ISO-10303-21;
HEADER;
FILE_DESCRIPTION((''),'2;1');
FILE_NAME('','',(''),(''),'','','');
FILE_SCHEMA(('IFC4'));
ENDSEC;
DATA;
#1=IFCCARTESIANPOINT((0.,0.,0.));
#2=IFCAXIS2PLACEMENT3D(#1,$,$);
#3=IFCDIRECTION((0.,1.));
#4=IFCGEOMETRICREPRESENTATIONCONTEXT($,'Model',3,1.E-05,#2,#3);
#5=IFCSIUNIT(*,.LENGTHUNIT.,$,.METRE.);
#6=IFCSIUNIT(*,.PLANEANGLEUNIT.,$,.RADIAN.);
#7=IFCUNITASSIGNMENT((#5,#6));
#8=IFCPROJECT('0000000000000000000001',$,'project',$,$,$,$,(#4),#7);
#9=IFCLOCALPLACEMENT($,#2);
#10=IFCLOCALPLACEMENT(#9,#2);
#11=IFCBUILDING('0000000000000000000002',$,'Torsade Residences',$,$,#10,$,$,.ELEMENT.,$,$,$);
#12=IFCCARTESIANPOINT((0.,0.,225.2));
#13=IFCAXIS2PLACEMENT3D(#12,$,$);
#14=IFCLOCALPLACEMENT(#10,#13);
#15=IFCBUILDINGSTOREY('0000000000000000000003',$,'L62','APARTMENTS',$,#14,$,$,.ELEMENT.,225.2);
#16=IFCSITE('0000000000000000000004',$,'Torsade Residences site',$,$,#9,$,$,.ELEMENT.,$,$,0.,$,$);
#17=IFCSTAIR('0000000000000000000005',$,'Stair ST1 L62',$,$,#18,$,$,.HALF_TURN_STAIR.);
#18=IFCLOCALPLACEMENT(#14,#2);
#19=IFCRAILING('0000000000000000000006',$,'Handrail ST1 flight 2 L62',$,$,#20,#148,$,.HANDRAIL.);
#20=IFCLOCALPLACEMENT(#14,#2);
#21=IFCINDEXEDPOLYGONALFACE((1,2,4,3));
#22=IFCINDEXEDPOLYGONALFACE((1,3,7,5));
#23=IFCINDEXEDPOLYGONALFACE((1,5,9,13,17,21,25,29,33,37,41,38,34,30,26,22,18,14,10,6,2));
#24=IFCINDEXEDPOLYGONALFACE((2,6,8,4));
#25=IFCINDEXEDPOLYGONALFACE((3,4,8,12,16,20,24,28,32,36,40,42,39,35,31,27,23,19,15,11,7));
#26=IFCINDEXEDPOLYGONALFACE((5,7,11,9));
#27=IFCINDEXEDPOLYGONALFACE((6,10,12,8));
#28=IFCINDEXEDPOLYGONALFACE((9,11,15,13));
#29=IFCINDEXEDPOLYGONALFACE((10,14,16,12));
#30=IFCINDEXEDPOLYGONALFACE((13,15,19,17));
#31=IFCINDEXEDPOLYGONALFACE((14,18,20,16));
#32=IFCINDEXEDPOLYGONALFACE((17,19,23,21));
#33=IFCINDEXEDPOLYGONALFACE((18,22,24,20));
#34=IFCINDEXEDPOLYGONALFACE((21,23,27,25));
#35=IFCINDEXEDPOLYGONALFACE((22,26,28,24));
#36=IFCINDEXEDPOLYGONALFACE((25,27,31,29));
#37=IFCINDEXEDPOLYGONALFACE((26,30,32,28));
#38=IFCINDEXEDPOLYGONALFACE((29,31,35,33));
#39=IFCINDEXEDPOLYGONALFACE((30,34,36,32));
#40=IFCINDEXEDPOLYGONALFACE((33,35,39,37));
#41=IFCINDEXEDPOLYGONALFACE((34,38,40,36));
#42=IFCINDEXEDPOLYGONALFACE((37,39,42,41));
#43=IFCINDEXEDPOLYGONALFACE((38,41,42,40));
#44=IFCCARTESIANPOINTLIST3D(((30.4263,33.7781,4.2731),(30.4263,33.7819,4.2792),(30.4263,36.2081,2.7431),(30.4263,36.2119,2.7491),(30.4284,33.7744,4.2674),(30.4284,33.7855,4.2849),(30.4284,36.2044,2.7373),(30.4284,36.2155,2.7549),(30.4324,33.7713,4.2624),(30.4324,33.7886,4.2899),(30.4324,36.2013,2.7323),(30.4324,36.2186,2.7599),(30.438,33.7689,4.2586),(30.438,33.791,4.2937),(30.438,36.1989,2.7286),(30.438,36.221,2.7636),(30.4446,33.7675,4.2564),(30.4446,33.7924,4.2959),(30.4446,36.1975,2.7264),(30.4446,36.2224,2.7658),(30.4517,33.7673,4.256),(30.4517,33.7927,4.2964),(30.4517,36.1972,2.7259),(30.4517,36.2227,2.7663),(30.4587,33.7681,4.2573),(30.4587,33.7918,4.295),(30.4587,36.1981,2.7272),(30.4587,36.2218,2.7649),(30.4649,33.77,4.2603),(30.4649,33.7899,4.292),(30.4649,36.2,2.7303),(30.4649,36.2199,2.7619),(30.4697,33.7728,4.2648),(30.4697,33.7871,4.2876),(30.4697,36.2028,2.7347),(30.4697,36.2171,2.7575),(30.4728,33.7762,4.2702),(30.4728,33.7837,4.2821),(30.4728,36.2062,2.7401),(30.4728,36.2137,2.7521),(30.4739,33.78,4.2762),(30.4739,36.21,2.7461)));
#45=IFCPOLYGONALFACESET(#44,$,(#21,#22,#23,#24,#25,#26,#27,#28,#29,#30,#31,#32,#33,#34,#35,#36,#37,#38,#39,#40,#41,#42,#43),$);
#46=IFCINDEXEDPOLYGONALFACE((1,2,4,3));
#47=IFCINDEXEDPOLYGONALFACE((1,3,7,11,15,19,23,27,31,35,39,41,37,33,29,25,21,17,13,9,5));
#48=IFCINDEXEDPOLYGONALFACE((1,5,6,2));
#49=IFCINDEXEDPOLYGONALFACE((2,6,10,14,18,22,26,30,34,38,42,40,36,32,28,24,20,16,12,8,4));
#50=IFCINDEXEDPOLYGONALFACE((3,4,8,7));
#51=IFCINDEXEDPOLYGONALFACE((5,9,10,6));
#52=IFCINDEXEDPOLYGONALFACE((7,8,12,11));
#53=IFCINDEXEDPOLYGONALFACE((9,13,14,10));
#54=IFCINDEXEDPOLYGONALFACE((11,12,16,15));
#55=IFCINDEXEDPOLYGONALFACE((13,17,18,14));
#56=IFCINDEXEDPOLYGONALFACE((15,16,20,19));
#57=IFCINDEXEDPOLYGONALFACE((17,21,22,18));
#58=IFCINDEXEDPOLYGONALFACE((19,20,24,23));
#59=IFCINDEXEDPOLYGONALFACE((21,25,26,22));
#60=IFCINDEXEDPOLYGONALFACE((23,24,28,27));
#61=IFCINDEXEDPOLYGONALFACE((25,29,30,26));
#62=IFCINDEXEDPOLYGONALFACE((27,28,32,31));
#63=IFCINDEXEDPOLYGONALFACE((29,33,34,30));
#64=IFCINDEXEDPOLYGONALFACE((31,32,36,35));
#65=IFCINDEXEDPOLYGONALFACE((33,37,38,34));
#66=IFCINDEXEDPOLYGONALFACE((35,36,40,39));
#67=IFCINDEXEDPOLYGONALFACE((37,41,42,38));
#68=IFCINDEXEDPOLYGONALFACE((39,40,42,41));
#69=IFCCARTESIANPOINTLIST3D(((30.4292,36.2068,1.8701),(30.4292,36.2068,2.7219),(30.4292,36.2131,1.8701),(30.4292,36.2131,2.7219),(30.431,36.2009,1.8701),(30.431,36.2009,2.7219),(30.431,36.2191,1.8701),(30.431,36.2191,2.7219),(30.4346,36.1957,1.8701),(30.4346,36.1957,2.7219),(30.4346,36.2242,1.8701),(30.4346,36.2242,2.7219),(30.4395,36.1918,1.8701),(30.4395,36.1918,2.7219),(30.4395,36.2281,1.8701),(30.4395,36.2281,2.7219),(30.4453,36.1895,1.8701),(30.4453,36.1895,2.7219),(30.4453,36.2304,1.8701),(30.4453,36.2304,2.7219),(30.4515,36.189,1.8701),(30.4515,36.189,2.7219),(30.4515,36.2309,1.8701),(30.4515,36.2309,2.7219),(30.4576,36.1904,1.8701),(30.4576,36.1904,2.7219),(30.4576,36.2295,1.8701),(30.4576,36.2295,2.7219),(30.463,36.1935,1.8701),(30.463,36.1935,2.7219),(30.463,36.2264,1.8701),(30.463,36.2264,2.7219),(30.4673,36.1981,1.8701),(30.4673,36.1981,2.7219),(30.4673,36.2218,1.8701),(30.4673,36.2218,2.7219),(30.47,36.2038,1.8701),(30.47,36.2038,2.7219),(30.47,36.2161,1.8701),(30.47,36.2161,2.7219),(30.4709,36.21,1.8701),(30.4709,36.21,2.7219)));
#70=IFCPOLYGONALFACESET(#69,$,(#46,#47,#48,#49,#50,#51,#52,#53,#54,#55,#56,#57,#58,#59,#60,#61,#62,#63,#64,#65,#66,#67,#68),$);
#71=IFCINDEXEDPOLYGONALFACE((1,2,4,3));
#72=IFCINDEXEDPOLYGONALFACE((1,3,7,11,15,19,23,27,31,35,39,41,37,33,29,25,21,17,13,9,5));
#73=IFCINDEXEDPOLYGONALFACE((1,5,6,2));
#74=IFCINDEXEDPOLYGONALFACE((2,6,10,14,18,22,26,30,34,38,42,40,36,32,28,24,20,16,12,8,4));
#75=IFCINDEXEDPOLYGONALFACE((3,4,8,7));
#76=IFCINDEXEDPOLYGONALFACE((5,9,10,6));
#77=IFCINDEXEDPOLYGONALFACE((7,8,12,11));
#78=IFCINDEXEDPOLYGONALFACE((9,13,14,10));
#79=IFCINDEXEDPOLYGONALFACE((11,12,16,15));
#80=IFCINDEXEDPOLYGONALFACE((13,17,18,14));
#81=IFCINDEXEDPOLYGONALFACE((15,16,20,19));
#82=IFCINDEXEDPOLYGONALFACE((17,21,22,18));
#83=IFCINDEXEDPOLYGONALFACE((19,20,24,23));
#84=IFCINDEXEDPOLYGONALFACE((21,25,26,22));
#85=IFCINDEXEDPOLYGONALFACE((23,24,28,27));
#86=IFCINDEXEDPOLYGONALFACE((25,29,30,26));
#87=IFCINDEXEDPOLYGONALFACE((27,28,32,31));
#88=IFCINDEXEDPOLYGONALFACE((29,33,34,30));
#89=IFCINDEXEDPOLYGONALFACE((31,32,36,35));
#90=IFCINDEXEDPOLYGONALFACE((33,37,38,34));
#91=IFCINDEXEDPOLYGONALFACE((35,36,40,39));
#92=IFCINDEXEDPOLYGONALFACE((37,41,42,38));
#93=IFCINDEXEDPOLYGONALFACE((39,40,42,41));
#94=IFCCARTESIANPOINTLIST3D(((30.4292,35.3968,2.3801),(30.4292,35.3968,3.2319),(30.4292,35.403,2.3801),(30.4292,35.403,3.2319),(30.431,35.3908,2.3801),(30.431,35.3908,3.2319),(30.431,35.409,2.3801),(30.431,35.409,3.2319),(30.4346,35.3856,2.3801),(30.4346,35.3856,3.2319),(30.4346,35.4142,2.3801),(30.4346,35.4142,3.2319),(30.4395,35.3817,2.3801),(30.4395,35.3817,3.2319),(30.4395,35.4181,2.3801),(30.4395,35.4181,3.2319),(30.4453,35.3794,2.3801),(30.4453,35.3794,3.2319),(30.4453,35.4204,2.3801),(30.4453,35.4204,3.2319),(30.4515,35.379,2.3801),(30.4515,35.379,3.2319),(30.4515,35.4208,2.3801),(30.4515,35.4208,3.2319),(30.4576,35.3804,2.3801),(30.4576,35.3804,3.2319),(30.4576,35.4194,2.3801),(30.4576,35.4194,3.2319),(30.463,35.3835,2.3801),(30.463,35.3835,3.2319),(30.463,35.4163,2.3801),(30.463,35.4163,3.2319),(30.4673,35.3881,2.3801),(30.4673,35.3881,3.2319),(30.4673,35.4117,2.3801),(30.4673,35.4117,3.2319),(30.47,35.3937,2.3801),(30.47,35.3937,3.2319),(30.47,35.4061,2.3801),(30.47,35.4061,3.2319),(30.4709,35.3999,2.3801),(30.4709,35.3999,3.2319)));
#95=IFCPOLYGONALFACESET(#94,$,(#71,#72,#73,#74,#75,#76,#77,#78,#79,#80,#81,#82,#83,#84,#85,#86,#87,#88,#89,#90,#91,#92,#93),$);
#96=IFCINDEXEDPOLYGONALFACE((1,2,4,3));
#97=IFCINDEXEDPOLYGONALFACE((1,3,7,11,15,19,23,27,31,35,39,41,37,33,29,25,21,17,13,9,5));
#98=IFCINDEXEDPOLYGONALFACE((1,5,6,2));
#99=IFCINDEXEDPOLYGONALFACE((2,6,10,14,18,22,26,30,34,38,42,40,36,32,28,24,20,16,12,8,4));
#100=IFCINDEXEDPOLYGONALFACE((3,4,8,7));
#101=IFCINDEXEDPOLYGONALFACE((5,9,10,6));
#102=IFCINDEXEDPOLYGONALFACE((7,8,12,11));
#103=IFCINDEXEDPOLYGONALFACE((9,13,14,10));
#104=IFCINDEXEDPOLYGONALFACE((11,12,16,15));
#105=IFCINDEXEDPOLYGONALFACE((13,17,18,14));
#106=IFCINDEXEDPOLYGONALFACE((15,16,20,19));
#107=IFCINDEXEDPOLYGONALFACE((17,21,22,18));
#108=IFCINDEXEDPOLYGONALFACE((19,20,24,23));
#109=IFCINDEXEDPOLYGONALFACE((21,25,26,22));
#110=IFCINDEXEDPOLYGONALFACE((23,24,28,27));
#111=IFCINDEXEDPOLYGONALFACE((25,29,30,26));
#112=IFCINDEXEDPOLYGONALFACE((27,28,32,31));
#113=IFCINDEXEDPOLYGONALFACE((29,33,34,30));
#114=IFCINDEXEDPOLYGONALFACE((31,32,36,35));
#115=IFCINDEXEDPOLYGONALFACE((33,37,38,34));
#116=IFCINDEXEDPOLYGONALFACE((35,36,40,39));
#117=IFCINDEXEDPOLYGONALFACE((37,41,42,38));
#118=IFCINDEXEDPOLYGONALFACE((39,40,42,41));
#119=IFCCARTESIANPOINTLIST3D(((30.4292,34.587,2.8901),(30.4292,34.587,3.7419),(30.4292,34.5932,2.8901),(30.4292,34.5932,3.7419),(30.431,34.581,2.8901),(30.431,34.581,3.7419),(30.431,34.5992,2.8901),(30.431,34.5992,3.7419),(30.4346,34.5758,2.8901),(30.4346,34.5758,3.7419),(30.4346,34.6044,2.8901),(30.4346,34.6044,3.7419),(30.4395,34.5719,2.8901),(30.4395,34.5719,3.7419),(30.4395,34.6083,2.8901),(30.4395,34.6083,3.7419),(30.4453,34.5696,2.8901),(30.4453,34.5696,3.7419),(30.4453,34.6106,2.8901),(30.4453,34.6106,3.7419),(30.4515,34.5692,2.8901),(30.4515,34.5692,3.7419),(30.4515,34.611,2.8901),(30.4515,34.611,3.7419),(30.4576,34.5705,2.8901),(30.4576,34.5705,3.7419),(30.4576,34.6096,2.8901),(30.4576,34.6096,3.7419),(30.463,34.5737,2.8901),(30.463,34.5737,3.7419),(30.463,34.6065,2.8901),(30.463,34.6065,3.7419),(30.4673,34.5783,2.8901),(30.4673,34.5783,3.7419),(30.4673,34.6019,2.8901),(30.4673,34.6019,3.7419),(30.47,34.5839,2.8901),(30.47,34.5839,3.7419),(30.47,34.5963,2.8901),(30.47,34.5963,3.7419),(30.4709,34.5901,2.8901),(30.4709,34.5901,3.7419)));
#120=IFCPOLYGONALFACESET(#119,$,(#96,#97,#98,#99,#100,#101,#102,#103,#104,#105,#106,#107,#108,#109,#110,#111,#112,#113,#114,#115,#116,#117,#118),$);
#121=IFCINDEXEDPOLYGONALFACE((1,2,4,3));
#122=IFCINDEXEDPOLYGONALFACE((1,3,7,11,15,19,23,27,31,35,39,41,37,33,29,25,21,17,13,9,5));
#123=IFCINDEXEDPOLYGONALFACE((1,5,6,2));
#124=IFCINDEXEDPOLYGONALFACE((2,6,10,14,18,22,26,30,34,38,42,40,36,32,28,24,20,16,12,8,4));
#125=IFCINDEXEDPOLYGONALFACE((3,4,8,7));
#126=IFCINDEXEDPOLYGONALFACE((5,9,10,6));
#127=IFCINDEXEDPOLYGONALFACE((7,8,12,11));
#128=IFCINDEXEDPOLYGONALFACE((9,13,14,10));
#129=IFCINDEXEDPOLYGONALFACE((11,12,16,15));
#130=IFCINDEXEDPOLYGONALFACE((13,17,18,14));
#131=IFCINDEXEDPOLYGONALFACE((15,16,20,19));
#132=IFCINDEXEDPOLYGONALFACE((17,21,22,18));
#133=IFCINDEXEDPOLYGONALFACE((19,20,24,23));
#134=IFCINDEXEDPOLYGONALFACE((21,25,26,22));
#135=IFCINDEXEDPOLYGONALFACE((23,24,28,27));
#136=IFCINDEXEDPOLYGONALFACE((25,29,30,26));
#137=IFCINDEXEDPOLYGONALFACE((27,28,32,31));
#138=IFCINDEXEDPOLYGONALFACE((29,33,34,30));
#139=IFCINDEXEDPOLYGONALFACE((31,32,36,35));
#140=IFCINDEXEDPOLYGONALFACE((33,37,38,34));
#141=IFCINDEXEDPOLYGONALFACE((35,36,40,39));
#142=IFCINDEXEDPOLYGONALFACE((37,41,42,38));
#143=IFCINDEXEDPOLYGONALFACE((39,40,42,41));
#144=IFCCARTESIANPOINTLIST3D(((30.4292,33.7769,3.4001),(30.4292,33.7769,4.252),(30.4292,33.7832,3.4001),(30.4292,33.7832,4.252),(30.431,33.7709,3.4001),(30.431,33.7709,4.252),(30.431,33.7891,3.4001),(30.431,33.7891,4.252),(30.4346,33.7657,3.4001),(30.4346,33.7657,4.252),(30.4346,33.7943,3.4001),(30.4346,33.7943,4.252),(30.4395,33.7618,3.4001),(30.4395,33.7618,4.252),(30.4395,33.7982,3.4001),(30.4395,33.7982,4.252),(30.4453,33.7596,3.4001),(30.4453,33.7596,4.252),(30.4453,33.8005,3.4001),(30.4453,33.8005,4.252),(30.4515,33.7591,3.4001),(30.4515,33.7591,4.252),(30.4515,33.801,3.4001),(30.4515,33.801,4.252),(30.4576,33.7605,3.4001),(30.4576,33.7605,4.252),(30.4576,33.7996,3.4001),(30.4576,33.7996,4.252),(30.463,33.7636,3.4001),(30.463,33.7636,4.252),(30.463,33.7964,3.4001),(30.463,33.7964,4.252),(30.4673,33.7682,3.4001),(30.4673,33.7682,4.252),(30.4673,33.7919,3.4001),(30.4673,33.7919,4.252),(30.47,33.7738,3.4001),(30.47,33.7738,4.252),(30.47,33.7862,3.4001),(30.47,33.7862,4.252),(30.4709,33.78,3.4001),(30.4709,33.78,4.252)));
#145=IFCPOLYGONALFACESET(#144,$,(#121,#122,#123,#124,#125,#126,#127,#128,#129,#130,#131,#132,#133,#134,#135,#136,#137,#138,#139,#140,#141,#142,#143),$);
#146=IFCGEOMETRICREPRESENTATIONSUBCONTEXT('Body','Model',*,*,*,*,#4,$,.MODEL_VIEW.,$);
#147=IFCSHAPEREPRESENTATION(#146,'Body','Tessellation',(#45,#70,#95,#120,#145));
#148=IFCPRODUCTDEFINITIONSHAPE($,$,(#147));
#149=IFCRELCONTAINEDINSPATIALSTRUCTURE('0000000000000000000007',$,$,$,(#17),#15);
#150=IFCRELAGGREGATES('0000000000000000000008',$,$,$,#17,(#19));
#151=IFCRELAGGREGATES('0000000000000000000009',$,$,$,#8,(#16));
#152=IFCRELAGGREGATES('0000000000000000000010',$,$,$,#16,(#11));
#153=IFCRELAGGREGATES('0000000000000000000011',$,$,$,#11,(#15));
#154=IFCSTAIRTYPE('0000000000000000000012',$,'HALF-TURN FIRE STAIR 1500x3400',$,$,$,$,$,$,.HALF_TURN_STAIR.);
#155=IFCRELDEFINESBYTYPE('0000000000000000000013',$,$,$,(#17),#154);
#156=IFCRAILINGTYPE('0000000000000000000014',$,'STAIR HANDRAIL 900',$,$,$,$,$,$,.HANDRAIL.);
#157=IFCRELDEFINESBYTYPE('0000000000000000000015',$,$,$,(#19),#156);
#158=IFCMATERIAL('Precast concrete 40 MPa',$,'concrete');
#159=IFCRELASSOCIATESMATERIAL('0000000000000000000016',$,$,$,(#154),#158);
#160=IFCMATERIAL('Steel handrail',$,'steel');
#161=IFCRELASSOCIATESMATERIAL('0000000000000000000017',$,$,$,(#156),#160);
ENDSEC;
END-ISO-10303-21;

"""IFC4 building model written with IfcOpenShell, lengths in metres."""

from ifc_helpers import new_model, si_unit, direction, frame, origin, origin_2d, place, context, subcontext, project, spatial, circle, extrude, material, type_object, element, aggregate, save


model = new_model("IFC4")

# Units and contexts
model_context = context("Model", 3, precision=1e-05, world=origin(), true_north=direction((0.0, 1.0)))
body_context = subcontext(model_context, "Body", "Model", "MODEL_VIEW")
ifc_project = project(units=[si_unit("LENGTHUNIT", "METRE"), si_unit("PLANEANGLEUNIT", "RADIAN")], contexts=[model_context])

# Site, building, storey
site_placement = place(None, origin())
site = spatial("IfcSite", under=ifc_project, at=site_placement, Name="Torsade Residences site", CompositionType="ELEMENT", RefElevation=0.0)
building_placement = place(site_placement, origin())
building = spatial("IfcBuilding", under=site, at=building_placement, Name="Torsade Residences", CompositionType="ELEMENT")
storey_placement = place(building_placement, frame((0.0, 0.0, 225.2)))
storey = spatial("IfcBuildingStorey", under=building, at=storey_placement, Name="L62", Description="APARTMENTS", CompositionType="ELEMENT", Elevation=225.2)

# Stair, railing
ifc_material_1 = material(Name="Precast concrete 40 MPa", Category="concrete")
stair_type = type_object("IfcStairType", Name="HALF-TURN FIRE STAIR 1500x3400", PredefinedType="HALF_TURN_STAIR", material=ifc_material_1)
stair_placement = place(storey_placement, origin())
stair = element("IfcStair", 1, at=stair_placement, inside=storey, type_object=stair_type, Name="Stair ST1 L62", PredefinedType="HALF_TURN_STAIR")
ifc_material_2 = material(Name="Steel handrail", Category="steel")
railing_type = type_object("IfcRailingType", Name="STAIR HANDRAIL 900", PredefinedType="HANDRAIL", material=ifc_material_2)
railing_1_placement = place(storey_placement, frame((30.45, 36.21, 1.8701)))
railing_1 = element("IfcRailing", 2, at=railing_1_placement, type_object=railing_type, Name="Handrail ST1 flight 2 L62", PredefinedType="HANDRAIL", context=body_context, shape_type="SweptSolid", body=[
    extrude(circle(Radius=0.0239, at=origin_2d()), frame((0.0, 0.0, 0.876), z_axis=(0.0, -0.846221, 0.532831), x_axis=(1.0, 0.0, 0.0)), (0.0, 0.0, 1.0), 2.8716),
    extrude(circle(Radius=0.021, at=origin_2d()), origin(), (0.0, 0.0, 1.0), 0.8518),
    extrude(circle(Radius=0.021, at=origin_2d()), frame((0.0, -0.8101, 0.51)), (0.0, 0.0, 1.0), 0.8518),
    extrude(circle(Radius=0.021, at=origin_2d()), frame((0.0, -1.6199, 1.02)), (0.0, 0.0, 1.0), 0.8518),
    extrude(circle(Radius=0.021, at=origin_2d()), frame((0.0, -2.4299, 1.53)), (0.0, 0.0, 1.0), 0.8518),
])
aggregate(stair, [railing_1])

save(model, "model.ifc")
